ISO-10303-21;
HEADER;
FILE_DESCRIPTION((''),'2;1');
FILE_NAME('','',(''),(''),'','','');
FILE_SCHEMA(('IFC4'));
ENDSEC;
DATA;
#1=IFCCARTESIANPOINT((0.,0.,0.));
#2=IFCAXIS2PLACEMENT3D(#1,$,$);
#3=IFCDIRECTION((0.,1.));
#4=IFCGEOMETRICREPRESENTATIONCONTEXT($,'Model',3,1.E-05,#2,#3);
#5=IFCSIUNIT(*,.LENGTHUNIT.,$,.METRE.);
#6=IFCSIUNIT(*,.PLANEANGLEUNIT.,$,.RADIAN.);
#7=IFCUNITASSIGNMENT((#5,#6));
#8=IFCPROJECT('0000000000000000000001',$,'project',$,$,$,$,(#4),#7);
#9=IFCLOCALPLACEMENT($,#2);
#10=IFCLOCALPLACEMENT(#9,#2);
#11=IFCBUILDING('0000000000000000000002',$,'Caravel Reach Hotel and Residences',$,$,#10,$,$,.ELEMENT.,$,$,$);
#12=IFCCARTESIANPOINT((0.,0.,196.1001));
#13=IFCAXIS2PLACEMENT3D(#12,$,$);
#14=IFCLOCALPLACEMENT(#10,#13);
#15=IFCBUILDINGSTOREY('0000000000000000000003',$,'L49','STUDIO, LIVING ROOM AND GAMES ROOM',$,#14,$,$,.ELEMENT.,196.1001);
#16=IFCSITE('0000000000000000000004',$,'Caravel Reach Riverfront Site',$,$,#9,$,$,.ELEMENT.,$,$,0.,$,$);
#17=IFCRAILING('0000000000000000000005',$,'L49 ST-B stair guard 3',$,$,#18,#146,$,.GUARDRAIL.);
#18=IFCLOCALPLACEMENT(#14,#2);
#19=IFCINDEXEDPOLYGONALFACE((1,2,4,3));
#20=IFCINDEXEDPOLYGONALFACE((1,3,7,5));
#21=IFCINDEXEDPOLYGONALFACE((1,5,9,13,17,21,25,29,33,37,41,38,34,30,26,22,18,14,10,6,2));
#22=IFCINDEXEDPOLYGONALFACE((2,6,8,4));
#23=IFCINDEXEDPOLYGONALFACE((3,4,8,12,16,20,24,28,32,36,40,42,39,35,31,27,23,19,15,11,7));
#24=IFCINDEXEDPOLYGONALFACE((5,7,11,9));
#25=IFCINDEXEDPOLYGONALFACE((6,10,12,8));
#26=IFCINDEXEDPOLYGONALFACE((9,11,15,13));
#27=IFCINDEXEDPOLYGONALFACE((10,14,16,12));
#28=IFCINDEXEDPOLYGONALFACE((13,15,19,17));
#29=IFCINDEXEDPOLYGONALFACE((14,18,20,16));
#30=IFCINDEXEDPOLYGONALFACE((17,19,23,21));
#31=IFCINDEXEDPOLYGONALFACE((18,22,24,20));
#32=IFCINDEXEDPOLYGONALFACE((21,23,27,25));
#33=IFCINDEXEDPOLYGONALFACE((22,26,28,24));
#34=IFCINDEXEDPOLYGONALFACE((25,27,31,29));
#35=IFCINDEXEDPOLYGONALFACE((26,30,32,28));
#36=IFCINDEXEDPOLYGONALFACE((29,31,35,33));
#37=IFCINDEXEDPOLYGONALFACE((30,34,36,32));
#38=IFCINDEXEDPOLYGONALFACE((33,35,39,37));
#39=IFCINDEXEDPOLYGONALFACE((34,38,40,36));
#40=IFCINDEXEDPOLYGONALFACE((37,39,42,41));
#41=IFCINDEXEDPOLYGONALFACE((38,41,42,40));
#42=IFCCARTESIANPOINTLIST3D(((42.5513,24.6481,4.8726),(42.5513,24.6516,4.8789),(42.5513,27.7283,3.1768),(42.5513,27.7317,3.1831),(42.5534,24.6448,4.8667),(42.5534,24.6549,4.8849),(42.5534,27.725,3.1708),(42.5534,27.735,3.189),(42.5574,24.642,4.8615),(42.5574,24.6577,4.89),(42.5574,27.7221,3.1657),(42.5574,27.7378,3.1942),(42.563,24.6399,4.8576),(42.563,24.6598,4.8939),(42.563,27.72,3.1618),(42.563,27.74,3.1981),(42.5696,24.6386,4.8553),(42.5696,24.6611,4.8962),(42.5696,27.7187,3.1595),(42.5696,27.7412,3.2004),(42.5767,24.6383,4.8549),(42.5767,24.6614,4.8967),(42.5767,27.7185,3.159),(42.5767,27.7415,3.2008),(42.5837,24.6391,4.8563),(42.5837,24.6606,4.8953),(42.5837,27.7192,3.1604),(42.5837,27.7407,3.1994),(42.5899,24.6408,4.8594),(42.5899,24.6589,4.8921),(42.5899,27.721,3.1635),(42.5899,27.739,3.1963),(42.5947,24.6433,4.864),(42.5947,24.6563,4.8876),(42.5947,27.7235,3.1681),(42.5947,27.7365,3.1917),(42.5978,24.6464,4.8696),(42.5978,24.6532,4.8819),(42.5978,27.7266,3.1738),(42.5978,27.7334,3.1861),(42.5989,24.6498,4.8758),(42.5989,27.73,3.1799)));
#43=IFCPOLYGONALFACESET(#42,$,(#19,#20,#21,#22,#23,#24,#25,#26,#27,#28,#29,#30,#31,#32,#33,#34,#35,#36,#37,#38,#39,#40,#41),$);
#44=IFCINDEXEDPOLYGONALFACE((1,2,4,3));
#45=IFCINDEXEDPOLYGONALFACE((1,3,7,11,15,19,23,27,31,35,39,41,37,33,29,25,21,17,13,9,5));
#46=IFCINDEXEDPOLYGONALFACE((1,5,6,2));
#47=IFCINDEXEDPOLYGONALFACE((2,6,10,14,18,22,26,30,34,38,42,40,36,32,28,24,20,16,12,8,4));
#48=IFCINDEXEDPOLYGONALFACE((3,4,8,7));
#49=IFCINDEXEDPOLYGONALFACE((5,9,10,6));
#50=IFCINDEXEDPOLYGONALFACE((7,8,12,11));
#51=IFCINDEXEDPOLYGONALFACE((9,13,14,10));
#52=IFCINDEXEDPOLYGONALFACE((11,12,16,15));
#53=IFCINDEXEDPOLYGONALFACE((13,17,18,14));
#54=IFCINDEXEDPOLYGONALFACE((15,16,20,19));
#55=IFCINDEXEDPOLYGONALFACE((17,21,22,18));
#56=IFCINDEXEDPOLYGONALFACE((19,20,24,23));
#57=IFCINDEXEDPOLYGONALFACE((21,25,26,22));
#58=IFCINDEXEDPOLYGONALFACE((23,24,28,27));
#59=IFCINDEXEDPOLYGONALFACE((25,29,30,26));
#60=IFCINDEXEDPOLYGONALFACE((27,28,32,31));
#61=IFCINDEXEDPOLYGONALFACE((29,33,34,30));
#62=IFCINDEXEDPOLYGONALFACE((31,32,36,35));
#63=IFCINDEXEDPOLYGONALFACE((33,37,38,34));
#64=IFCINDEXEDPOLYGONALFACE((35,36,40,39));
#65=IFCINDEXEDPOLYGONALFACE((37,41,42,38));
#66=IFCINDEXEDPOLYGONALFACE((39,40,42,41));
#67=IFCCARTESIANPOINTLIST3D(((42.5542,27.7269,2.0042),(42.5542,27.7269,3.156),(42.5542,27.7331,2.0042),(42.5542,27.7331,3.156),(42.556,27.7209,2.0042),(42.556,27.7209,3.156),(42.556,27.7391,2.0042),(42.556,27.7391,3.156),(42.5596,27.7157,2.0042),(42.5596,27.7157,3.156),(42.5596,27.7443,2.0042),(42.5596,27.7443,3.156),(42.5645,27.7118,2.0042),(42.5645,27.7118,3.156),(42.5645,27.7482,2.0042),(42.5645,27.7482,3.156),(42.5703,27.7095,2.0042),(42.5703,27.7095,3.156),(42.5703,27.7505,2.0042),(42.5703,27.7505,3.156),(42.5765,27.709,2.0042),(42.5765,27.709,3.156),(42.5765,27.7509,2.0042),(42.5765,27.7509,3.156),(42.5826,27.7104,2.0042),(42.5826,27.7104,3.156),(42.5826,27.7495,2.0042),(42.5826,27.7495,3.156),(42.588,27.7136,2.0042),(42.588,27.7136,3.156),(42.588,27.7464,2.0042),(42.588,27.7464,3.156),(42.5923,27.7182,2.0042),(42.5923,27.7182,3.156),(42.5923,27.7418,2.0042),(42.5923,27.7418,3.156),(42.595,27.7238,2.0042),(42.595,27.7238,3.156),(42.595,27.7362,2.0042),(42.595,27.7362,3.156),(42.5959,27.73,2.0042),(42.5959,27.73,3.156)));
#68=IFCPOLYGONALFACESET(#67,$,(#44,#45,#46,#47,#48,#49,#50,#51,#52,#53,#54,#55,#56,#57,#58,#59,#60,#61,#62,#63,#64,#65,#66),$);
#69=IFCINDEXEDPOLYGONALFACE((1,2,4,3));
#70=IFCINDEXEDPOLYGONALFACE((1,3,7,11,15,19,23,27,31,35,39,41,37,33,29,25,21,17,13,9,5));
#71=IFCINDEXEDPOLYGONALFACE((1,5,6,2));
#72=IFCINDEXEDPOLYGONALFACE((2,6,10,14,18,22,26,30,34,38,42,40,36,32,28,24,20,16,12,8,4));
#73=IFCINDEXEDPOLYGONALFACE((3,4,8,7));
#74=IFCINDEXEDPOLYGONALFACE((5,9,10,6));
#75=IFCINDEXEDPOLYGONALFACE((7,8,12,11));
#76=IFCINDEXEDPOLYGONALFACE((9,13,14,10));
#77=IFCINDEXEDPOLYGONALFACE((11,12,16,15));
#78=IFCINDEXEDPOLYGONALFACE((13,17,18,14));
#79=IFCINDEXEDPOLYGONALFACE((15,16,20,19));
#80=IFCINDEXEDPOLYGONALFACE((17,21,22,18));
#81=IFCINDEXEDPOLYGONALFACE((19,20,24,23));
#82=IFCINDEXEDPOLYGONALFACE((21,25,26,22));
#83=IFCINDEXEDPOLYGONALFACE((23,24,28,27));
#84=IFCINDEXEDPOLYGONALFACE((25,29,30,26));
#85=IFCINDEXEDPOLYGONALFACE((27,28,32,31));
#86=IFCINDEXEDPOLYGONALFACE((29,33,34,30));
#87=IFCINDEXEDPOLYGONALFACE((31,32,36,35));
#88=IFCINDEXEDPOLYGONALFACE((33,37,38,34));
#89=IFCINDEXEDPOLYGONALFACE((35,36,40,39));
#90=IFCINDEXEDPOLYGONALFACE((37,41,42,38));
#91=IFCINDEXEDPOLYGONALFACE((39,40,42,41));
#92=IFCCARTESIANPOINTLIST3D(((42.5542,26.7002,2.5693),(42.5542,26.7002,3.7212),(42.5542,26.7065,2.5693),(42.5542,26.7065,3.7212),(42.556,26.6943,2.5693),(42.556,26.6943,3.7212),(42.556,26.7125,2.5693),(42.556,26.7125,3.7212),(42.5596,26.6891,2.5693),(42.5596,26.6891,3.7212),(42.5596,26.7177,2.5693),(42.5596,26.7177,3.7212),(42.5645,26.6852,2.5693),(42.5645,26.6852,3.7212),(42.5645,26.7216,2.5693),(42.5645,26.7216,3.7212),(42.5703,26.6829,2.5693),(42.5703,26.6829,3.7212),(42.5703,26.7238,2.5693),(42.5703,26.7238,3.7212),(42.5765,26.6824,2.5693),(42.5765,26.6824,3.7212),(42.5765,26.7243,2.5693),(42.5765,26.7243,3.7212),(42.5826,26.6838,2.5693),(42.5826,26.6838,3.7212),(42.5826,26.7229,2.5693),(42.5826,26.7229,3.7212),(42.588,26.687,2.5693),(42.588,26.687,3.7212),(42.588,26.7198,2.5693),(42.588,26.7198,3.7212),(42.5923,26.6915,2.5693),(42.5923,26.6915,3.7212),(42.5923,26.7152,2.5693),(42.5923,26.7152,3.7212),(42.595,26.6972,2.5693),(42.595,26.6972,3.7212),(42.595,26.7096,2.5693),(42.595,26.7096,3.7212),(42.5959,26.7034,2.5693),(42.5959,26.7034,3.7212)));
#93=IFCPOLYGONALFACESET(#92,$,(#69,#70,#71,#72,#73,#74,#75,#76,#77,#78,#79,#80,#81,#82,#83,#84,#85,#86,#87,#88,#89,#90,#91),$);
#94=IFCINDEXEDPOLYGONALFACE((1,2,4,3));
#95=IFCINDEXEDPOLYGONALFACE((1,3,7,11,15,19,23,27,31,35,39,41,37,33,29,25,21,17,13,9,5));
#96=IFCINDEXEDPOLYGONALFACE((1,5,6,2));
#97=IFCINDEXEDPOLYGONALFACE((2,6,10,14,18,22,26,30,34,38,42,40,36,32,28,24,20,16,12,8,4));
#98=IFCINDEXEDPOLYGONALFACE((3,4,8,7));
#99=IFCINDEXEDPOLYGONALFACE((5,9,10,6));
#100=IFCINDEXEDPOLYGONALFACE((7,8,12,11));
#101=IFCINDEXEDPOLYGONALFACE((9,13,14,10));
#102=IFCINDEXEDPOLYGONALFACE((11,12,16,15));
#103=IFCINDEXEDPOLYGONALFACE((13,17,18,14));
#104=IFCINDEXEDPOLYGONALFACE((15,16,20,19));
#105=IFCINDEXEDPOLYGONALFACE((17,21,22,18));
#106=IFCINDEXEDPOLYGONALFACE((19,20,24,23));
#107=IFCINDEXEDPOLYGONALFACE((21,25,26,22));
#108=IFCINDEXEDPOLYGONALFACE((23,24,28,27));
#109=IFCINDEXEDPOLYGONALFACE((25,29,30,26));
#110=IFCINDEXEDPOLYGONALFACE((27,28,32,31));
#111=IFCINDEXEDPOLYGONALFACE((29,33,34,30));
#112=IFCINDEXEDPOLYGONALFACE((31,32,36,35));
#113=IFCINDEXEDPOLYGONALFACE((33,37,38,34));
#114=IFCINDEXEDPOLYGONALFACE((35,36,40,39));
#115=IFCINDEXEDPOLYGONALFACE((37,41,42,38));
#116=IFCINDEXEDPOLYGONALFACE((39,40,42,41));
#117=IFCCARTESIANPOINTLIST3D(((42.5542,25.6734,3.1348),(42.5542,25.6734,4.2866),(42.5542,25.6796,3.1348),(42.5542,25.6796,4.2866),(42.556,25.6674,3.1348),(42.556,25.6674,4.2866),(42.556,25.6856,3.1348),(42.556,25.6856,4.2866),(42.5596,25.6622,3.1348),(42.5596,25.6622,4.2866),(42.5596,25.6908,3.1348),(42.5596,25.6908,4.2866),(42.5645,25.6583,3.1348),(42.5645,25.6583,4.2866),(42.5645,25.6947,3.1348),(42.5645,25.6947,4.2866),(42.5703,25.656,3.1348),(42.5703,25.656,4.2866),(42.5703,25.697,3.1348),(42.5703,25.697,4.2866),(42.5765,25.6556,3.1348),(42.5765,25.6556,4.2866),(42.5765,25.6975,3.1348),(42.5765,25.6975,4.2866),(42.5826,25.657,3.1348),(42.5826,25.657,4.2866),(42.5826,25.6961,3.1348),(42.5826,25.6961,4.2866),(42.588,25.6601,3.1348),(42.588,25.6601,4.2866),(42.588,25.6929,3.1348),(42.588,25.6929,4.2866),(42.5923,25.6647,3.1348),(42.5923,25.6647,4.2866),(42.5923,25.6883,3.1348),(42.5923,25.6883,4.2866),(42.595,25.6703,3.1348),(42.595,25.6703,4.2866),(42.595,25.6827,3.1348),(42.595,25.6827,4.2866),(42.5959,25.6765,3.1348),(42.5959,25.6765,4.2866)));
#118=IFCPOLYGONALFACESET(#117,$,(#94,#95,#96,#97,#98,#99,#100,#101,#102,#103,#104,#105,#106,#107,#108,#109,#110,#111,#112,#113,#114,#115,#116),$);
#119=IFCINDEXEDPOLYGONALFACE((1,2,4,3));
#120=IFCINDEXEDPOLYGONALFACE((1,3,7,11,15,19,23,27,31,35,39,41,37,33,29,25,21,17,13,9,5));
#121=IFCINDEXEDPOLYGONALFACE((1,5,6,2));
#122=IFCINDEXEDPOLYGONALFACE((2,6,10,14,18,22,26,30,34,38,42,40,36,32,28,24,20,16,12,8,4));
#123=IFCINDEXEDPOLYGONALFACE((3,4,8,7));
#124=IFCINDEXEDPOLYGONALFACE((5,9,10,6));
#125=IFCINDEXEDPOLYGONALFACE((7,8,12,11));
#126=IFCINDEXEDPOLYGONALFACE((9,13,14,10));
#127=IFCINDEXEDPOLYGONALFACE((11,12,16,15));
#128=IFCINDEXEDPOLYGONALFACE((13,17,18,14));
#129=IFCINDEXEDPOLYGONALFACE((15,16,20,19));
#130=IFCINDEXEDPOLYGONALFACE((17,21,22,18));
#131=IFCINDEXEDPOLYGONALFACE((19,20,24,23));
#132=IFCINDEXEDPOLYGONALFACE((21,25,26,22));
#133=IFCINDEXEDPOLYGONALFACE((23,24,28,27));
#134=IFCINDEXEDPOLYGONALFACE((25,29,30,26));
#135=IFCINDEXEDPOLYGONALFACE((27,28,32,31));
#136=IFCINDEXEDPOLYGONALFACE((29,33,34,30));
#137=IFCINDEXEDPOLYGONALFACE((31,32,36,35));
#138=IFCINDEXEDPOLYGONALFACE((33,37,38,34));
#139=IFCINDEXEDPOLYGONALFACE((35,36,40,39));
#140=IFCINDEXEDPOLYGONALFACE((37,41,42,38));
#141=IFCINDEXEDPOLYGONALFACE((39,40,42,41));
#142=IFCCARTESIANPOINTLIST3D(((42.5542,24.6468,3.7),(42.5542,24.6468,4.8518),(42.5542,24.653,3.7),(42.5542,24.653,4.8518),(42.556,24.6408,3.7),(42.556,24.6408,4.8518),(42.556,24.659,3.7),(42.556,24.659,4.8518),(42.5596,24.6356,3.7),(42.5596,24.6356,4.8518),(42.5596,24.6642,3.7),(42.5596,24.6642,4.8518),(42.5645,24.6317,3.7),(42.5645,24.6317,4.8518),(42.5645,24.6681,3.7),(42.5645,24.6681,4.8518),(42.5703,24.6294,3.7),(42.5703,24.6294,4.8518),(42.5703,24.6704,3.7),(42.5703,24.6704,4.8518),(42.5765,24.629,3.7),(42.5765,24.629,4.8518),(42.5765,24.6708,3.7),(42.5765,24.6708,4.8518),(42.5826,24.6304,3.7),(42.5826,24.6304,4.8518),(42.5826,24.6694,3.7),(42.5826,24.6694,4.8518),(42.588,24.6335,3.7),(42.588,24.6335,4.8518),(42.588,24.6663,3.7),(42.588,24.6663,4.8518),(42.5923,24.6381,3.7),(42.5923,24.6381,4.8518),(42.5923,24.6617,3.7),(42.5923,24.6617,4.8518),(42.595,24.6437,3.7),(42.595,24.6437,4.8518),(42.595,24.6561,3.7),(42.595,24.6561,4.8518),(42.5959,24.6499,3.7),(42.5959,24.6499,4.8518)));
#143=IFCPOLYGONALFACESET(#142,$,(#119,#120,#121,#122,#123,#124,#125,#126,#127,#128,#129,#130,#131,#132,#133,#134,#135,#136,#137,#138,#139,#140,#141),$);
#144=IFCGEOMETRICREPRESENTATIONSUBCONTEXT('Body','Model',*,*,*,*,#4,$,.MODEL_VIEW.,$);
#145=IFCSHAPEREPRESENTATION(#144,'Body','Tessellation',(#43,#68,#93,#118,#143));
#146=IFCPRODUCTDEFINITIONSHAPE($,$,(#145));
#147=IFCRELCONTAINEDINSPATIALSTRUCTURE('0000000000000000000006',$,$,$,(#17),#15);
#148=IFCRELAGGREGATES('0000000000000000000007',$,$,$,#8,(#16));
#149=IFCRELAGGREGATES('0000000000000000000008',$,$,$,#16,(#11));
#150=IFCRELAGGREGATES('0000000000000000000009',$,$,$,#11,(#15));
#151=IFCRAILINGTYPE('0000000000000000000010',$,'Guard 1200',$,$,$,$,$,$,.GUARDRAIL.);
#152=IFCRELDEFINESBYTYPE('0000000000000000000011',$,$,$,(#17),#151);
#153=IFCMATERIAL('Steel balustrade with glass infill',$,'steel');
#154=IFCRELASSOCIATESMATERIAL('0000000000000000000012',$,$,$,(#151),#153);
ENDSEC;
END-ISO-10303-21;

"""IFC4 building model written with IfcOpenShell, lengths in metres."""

from ifc_helpers import new_model, si_unit, direction, frame, origin, origin_2d, place, context, subcontext, project, spatial, circle, extrude, material, type_object, element, save


model = new_model("IFC4")

# Units and contexts
model_context = context("Model", 3, precision=1e-05, world=origin(), true_north=direction((0.0, 1.0)))
body_context = subcontext(model_context, "Body", "Model", "MODEL_VIEW")
ifc_project = project(units=[si_unit("LENGTHUNIT", "METRE"), si_unit("PLANEANGLEUNIT", "RADIAN")], contexts=[model_context])

# Site, building, storey
site_placement = place(None, origin())
site = spatial("IfcSite", under=ifc_project, at=site_placement, Name="Caravel Reach Riverfront Site", CompositionType="ELEMENT", RefElevation=0.0)
building_placement = place(site_placement, origin())
building = spatial("IfcBuilding", under=site, at=building_placement, Name="Caravel Reach Hotel and Residences", CompositionType="ELEMENT")
storey_placement = place(building_placement, frame((0.0, 0.0, 196.1001)))
storey = spatial("IfcBuildingStorey", under=building, at=storey_placement, Name="L49", Description="STUDIO, LIVING ROOM AND GAMES ROOM", CompositionType="ELEMENT", Elevation=196.1001)

# Railing
ifc_material_1 = material(Name="Steel balustrade with glass infill", Category="steel")
railing_type_1 = type_object("IfcRailingType", Name="Guard 1200", PredefinedType="GUARDRAIL", material=ifc_material_1)
railing_1_placement = place(storey_placement, frame((42.575, 27.73, 2.0042)))
element("IfcRailing", 1, at=railing_1_placement, inside=storey, type_object=railing_type_1, Name="L49 ST-B stair guard 3", PredefinedType="GUARDRAIL", context=body_context, shape_type="SweptSolid", body=[
    extrude(circle(Radius=0.0239, at=origin_2d()), frame((0.0, 0.0, 1.1758), z_axis=(0.0, -0.876005, 0.482303), x_axis=(1.0, 0.0, 0.0)), (0.0, 0.0, 1.0), 3.5161),
    extrude(circle(Radius=0.021, at=origin_2d()), origin(), (0.0, 0.0, 1.0), 1.1519),
    extrude(circle(Radius=0.021, at=origin_2d()), frame((0.0, -1.0266, 0.5652)), (0.0, 0.0, 1.0), 1.1519),
    extrude(circle(Radius=0.021, at=origin_2d()), frame((0.0, -2.0535, 1.1306)), (0.0, 0.0, 1.0), 1.1519),
    extrude(circle(Radius=0.021, at=origin_2d()), frame((0.0, -3.0801, 1.6958)), (0.0, 0.0, 1.0), 1.1519),
])

save(model, "model.ifc")
